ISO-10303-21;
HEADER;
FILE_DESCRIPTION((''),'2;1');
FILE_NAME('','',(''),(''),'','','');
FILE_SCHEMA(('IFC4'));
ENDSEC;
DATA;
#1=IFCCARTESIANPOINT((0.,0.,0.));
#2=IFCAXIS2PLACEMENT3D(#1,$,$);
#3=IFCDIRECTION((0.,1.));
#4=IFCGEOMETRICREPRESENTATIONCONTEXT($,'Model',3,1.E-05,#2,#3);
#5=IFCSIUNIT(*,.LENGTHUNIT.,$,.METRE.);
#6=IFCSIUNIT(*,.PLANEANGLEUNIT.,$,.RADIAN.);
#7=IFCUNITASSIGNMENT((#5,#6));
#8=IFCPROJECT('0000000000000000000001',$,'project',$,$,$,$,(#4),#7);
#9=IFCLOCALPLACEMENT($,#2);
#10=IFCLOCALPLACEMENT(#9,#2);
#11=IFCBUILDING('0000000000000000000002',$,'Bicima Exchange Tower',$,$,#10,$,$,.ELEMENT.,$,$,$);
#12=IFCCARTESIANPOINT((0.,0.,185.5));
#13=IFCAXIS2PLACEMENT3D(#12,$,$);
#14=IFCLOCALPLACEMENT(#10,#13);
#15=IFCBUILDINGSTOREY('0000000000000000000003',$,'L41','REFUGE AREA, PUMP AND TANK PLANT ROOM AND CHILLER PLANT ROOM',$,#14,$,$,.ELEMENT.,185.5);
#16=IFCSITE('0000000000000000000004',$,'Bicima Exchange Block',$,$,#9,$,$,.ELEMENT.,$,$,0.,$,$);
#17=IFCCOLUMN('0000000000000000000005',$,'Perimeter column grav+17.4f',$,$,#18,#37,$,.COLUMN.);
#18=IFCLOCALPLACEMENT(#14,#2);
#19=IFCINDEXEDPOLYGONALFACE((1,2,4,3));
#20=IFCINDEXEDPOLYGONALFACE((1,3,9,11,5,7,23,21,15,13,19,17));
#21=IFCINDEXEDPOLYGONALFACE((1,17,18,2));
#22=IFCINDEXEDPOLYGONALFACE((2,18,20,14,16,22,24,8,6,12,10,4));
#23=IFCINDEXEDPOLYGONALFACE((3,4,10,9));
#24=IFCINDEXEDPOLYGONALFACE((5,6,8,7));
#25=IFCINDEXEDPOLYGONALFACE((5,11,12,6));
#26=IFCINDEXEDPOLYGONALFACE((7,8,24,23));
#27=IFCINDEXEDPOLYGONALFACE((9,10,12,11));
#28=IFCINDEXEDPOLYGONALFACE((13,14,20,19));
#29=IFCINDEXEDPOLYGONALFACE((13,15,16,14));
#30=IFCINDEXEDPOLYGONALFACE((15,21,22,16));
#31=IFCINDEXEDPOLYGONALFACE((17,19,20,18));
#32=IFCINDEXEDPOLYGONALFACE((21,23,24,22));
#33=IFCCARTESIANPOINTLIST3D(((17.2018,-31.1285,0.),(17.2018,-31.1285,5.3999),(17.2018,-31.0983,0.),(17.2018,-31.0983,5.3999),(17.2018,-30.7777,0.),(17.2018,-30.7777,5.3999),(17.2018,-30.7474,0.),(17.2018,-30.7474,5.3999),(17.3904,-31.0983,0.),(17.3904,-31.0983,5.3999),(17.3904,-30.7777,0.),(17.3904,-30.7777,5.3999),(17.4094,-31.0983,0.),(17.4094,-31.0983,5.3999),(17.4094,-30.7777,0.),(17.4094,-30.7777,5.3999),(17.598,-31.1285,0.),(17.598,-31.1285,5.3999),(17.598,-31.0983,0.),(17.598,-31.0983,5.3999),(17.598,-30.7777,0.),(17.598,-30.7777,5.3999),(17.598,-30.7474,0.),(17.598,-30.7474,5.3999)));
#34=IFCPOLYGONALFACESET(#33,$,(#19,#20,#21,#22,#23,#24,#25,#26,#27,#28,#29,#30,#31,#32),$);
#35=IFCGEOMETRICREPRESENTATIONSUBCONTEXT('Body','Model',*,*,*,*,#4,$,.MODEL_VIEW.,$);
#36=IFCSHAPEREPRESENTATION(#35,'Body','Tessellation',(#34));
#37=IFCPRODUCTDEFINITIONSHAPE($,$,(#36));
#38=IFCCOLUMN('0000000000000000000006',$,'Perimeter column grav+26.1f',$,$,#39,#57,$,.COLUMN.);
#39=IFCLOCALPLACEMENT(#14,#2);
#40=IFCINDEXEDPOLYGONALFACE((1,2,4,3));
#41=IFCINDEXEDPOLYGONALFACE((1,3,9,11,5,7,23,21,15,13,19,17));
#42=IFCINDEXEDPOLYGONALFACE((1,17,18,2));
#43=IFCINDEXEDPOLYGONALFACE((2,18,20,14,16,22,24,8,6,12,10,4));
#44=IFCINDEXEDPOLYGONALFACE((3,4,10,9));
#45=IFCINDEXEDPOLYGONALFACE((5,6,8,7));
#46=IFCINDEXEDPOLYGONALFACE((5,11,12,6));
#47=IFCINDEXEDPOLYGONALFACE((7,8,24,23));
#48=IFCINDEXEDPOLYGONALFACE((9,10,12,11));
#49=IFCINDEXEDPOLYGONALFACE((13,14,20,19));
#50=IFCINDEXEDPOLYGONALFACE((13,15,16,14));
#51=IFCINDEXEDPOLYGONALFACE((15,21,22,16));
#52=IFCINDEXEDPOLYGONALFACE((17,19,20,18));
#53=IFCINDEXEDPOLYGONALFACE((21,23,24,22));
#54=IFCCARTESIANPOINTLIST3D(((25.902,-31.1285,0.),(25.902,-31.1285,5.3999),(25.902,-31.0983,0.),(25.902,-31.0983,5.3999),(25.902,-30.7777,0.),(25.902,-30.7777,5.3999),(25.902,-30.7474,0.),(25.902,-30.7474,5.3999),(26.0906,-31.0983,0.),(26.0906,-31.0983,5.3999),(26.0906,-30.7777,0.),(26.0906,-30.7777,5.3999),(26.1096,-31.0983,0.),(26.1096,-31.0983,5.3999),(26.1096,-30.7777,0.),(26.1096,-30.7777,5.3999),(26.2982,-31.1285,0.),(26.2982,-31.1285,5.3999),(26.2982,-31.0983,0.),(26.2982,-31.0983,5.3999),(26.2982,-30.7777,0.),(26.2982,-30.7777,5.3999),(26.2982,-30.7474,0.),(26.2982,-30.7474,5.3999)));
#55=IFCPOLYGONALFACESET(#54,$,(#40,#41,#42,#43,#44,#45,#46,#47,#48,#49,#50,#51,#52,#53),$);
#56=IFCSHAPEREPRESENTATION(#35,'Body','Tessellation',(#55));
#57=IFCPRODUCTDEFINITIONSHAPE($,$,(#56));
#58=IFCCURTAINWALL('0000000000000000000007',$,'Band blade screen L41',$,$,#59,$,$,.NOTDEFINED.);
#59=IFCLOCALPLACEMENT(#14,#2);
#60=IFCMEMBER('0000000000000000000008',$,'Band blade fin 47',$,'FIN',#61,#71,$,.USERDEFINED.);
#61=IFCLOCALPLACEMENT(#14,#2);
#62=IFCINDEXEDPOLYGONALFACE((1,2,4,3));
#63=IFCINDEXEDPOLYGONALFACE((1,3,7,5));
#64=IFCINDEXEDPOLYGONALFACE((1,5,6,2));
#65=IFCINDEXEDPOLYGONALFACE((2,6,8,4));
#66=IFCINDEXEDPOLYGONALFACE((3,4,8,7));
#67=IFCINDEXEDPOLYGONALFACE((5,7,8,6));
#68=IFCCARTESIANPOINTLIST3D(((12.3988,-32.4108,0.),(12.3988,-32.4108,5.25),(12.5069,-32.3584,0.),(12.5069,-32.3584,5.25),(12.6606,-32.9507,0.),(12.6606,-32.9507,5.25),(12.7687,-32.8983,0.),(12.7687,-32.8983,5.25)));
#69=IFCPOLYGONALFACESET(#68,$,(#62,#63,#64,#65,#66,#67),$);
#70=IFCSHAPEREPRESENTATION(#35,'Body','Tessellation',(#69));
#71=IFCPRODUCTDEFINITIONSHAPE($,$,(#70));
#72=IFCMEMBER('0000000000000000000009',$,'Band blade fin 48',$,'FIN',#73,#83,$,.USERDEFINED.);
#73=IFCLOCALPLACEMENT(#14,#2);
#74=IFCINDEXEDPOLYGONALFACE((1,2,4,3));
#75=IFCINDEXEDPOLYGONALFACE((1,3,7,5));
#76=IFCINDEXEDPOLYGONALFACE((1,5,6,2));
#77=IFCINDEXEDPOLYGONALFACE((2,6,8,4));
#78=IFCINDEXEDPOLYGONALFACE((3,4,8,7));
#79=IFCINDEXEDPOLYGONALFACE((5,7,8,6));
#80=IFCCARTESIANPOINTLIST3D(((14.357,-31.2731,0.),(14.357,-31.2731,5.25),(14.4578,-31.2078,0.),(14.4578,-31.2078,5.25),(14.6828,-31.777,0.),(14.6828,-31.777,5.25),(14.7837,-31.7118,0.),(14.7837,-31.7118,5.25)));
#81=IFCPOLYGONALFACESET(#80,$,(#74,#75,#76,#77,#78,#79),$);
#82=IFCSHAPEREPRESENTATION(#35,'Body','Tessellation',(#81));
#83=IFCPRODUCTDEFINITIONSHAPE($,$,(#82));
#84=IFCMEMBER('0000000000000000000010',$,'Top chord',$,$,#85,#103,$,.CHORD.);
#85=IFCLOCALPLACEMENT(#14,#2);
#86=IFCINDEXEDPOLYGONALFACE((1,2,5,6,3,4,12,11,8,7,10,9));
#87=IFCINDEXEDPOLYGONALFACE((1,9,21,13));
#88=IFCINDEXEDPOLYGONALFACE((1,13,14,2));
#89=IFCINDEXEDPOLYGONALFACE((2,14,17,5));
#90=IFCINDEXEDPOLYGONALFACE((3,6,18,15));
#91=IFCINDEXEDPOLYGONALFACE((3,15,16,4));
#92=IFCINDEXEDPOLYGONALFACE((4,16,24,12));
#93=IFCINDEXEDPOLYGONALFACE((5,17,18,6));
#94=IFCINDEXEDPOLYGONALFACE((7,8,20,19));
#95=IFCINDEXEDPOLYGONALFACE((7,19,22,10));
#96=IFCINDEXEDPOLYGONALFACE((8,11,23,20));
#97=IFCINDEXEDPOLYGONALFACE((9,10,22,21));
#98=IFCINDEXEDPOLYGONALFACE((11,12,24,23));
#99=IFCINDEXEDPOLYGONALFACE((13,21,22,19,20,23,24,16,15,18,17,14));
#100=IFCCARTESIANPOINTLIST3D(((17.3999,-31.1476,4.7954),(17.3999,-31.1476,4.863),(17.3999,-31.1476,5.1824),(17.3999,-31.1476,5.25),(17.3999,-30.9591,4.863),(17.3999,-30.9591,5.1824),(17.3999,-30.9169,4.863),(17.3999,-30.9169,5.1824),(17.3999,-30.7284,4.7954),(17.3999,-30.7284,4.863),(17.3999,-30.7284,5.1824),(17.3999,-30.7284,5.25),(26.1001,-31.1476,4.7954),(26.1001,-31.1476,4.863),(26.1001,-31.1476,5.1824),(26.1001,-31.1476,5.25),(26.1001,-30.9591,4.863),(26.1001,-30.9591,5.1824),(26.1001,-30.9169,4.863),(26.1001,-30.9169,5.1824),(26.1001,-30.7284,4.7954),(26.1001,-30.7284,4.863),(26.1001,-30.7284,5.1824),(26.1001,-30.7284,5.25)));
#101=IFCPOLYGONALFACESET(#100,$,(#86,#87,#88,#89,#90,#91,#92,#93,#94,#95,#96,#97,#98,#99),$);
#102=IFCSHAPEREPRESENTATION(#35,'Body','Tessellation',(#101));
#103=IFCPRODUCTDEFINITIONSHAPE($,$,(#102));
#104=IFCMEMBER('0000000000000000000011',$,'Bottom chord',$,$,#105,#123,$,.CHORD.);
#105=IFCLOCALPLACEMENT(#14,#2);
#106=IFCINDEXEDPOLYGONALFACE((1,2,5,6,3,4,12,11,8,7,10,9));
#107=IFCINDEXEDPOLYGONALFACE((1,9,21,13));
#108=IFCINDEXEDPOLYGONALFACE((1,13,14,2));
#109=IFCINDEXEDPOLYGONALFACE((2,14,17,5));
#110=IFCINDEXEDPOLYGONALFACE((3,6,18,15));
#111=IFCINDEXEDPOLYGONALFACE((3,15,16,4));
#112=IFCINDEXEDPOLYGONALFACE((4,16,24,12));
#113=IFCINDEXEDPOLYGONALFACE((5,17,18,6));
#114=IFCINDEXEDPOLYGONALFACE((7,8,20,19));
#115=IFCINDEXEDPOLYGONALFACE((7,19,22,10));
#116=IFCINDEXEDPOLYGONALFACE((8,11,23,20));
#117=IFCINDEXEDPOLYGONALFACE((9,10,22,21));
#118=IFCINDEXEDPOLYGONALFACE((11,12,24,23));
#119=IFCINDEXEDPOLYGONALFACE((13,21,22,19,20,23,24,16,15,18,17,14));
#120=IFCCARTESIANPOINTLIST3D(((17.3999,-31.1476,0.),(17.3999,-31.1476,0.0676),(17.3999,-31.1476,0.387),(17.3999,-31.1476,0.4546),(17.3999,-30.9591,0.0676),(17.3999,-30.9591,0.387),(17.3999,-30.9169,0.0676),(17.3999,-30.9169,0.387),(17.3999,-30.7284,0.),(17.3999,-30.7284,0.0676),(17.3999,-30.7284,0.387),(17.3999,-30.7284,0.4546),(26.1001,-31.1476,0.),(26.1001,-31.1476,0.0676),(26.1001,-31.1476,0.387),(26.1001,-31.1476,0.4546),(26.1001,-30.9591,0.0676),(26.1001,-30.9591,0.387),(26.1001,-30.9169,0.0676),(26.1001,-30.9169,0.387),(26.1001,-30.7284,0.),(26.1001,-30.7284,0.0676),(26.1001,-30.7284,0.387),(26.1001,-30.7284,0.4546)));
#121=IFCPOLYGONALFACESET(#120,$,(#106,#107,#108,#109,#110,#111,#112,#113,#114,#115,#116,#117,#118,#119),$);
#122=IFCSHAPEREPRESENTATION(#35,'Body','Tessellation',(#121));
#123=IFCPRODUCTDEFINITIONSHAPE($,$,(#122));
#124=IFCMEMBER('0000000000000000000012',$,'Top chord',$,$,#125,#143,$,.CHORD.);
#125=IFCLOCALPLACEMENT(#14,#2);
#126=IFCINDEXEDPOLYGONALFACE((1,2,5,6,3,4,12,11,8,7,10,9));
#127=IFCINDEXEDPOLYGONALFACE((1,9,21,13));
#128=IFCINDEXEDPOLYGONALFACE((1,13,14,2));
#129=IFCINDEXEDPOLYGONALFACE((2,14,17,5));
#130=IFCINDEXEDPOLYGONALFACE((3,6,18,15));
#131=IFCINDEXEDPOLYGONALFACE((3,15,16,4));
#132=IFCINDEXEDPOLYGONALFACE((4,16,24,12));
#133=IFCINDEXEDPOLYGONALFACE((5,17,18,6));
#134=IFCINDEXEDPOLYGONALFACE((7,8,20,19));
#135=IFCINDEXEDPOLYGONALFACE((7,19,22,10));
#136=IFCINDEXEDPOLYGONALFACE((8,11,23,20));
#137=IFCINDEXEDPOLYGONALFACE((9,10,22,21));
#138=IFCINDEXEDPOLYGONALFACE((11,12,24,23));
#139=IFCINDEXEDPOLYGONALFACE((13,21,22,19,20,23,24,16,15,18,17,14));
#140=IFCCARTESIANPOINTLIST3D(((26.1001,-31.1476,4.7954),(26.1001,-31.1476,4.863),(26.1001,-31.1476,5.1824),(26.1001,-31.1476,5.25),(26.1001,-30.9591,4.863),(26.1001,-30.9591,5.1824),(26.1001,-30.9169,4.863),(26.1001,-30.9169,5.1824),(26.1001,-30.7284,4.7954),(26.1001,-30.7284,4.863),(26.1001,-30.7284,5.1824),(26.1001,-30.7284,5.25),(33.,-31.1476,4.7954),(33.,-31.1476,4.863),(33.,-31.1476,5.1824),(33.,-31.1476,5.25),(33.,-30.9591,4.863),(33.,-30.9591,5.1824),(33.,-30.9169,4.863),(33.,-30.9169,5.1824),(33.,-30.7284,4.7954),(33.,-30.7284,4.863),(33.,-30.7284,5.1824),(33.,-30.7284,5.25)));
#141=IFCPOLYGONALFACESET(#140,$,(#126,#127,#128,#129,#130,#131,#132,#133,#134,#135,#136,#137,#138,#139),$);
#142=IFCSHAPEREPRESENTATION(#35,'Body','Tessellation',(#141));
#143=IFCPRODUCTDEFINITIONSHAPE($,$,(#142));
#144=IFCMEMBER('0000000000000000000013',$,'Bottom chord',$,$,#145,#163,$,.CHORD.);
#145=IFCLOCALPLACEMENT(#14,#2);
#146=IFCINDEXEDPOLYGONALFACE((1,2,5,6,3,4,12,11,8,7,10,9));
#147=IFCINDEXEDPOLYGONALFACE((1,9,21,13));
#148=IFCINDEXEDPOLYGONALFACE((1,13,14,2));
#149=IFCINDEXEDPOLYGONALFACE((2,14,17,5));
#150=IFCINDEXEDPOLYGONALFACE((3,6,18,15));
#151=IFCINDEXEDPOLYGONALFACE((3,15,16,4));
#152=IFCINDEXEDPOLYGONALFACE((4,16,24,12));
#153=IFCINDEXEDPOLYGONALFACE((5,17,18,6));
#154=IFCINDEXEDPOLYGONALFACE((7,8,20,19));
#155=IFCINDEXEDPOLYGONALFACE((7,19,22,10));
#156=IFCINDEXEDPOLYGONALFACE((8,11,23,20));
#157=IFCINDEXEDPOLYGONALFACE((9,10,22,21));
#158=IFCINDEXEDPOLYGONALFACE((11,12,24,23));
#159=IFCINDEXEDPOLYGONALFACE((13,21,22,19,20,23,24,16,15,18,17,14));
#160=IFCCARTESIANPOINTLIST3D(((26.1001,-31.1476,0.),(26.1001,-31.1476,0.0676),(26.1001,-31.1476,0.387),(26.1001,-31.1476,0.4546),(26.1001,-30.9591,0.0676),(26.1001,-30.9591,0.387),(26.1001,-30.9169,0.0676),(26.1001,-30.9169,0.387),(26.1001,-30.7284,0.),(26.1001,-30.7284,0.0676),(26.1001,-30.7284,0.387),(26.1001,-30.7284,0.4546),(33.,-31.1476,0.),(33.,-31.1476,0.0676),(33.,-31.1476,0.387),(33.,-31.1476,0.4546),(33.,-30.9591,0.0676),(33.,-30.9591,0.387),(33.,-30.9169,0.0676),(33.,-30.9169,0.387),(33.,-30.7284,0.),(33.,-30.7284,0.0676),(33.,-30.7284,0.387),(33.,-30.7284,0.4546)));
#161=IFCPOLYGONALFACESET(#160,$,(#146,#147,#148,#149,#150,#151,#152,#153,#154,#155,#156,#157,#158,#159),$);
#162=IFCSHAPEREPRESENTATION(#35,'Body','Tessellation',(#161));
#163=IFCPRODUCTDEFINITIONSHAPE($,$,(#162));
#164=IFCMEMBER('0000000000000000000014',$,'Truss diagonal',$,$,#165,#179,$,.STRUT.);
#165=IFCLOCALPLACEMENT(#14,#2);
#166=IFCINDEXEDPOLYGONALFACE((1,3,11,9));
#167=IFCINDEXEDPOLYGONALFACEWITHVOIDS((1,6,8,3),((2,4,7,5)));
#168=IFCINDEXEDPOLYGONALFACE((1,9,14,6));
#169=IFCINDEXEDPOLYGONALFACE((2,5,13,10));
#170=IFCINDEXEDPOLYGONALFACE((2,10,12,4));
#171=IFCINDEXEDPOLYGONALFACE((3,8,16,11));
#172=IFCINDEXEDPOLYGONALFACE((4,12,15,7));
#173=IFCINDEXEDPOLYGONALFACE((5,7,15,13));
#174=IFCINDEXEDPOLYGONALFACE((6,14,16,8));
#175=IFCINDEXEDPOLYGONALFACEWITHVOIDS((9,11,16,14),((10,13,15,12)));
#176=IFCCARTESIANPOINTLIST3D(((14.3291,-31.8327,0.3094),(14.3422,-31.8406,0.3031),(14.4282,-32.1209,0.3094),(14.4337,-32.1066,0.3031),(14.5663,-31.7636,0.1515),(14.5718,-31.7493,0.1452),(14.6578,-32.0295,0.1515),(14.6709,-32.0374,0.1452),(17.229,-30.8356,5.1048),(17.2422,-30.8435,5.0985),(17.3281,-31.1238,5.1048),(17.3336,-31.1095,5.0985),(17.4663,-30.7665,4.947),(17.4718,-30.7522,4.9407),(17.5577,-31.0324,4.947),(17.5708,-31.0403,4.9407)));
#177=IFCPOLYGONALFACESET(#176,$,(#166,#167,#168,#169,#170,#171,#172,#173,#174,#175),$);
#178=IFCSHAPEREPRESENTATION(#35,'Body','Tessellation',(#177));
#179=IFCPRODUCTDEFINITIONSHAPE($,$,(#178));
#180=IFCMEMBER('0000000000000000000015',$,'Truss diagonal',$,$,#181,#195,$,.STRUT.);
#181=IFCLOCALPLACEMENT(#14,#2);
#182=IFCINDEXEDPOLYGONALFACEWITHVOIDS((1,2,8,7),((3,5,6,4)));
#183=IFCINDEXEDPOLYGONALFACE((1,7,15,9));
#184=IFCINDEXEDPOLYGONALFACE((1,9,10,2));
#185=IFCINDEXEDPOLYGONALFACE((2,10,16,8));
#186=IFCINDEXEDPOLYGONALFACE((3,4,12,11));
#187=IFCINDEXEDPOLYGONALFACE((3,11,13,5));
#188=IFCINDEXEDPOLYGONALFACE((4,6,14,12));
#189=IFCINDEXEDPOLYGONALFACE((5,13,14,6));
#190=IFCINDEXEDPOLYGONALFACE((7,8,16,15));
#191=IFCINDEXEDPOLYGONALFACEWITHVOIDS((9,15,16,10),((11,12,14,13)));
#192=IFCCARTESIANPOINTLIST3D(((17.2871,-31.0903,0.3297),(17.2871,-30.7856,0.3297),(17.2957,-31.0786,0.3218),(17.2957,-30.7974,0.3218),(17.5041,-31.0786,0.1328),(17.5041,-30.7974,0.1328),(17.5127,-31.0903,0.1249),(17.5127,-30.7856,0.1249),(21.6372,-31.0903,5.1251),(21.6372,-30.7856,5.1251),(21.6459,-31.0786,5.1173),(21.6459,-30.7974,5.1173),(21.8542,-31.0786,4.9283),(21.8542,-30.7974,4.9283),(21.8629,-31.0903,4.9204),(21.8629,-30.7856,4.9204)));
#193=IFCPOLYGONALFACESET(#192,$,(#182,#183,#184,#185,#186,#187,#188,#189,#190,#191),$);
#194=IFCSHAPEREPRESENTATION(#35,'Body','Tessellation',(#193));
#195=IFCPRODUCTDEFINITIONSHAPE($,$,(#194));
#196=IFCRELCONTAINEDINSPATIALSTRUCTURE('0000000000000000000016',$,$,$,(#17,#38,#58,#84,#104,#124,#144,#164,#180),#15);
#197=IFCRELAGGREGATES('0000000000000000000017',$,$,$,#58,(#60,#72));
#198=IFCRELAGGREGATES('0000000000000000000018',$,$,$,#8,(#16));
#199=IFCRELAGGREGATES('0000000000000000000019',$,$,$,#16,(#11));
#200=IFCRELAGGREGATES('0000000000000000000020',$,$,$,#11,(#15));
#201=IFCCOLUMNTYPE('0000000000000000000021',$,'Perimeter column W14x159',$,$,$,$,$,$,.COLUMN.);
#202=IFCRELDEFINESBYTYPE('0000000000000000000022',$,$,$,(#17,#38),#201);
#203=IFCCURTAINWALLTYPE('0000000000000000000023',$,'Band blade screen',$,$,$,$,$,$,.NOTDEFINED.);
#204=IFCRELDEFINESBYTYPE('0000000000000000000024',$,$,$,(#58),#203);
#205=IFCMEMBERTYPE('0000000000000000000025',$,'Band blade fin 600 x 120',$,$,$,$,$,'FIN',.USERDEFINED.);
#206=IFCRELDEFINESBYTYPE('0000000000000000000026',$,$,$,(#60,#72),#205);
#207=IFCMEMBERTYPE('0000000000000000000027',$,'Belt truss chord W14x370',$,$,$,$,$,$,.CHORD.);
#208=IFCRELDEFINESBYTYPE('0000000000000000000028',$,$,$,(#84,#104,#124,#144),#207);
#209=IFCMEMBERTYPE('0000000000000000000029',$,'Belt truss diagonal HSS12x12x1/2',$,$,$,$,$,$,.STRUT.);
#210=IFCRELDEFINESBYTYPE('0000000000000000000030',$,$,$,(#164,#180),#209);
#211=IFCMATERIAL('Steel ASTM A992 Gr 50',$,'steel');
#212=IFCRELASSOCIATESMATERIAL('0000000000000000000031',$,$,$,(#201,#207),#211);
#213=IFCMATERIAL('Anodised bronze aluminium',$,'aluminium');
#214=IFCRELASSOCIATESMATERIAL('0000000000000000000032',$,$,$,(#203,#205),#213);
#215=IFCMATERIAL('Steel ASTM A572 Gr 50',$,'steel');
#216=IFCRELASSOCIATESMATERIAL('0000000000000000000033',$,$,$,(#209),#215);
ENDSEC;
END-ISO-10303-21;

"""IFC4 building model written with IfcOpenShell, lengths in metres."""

from ifc_helpers import new_model, si_unit, direction, frame, origin, origin_2d, place, context, subcontext, project, spatial, rectangle, hollow_rectangle, i_section, extrude, material, material_profile, profile_set, type_object, element, aggregate, save


model = new_model("IFC4")

# Units and contexts
model_context = context("Model", 3, precision=1e-05, world=origin(), true_north=direction((0.0, 1.0)))
body_context = subcontext(model_context, "Body", "Model", "MODEL_VIEW")
ifc_project = project(units=[si_unit("LENGTHUNIT", "METRE"), si_unit("PLANEANGLEUNIT", "RADIAN")], contexts=[model_context])

# Site, building, storey
site_placement = place(None, origin())
site = spatial("IfcSite", under=ifc_project, at=site_placement, Name="Bicima Exchange Block", CompositionType="ELEMENT", RefElevation=0.0)
building_placement = place(site_placement, origin())
building = spatial("IfcBuilding", under=site, at=building_placement, Name="Bicima Exchange Tower", CompositionType="ELEMENT")
storey_placement = place(building_placement, frame((0.0, 0.0, 185.5)))
storey = spatial("IfcBuildingStorey", under=building, at=storey_placement, Name="L41", Description="REFUGE AREA, PUMP AND TANK PLANT ROOM AND CHILLER PLANT ROOM", CompositionType="ELEMENT", Elevation=185.5)

# Columns
ifc_material_1 = material(Name="Steel ASTM A992 Gr 50", Category="steel")
ifc_material_profile_1 = material_profile(ifc_material_1, i_section(OverallWidth=0.3962, OverallDepth=0.3811, WebThickness=0.019, FlangeThickness=0.0303, at=origin_2d()))
ifc_profile_set_1 = profile_set([ifc_material_profile_1], Name="Steel ASTM A992 Gr 50")
column_type = type_object("IfcColumnType", Name="Perimeter column W14x159", PredefinedType="COLUMN", material=ifc_profile_set_1)
for number, where, z_axis, x_axis, name in (
    (1, (17.3999, -30.938, 0.0), (0.0, 0.0, 1.0), (1.0, 0.0, 0.0), "Perimeter column grav+17.4f"),
    (2, (26.1001, -30.938, 0.0), (0.0, 0.0, 1.0), (1.0, 0.0, 0.0), "Perimeter column grav+26.1f"),
):
    element("IfcColumn", number, at=place(storey_placement, frame(where, z_axis=z_axis, x_axis=x_axis)), inside=storey, type_object=column_type, Name=name, PredefinedType="COLUMN", context=body_context, shape_type="SweptSolid", body=[
        extrude(i_section(OverallWidth=0.3962, OverallDepth=0.3811, WebThickness=0.019, FlangeThickness=0.0303, at=origin_2d()), origin(), (0.0, 0.0, 1.0), 5.3999),
    ])

# Curtain wall, members
ifc_material_2 = material(Name="Anodised bronze aluminium", Category="aluminium")
curtain_wall_type = type_object("IfcCurtainWallType", Name="Band blade screen", PredefinedType="NOTDEFINED", material=ifc_material_2)
curtain_wall_placement = place(storey_placement, origin())
curtain_wall = element("IfcCurtainWall", 3, at=curtain_wall_placement, inside=storey, type_object=curtain_wall_type, Name="Band blade screen L41", PredefinedType="NOTDEFINED")
ifc_material_profile_2 = material_profile(ifc_material_2, rectangle(XDim=0.6001, YDim=0.1201, at=origin_2d()))
ifc_profile_set_2 = profile_set([ifc_material_profile_2], Name="Anodised bronze aluminium")
member_type_1 = type_object("IfcMemberType", Name="Band blade fin 600 x 120", ElementType="FIN", PredefinedType="USERDEFINED", material=ifc_profile_set_2)
member_1_placement = place(storey_placement, frame((12.5837, -32.6545, 0.0), z_axis=(0.0, 0.0, 1.0), x_axis=(-0.436287, 0.899808, 0.0)))
member_1 = element("IfcMember", 4, at=member_1_placement, type_object=member_type_1, Name="Band blade fin 47", ObjectType="FIN", PredefinedType="USERDEFINED", context=body_context, shape_type="SweptSolid", body=[
    extrude(rectangle(XDim=0.6001, YDim=0.1201, at=origin_2d()), origin(), (0.0, 0.0, 1.0), 5.25),
])
member_2_placement = place(storey_placement, frame((14.5703, -31.4924, 0.0), z_axis=(0.0, 0.0, 1.0), x_axis=(-0.542917, 0.839787, 0.0)))
member_2 = element("IfcMember", 5, at=member_2_placement, type_object=member_type_1, Name="Band blade fin 48", ObjectType="FIN", PredefinedType="USERDEFINED", context=body_context, shape_type="SweptSolid", body=[
    extrude(rectangle(XDim=0.6001, YDim=0.1201, at=origin_2d()), origin(), (0.0, 0.0, 1.0), 5.25),
])
aggregate(curtain_wall, [member_1, member_2])

# Members
ifc_material_profile_3 = material_profile(ifc_material_1, i_section(OverallWidth=0.4192, OverallDepth=0.4546, WebThickness=0.0422, FlangeThickness=0.0676, at=origin_2d()))
ifc_profile_set_3 = profile_set([ifc_material_profile_3], Name="Steel ASTM A992 Gr 50")
member_type_2 = type_object("IfcMemberType", Name="Belt truss chord W14x370", PredefinedType="CHORD", material=ifc_profile_set_3)
for number, where, z_axis, x_axis, name in (
    (6, (17.3999, -30.938, 5.0227), (1.0, 0.0, 0.0), (0.0, 1.0, 0.0), "Top chord"),
    (7, (17.3999, -30.938, 0.2273), (1.0, 0.0, 0.0), (0.0, 1.0, 0.0), "Bottom chord"),
):
    element("IfcMember", number, at=place(storey_placement, frame(where, z_axis=z_axis, x_axis=x_axis)), inside=storey, type_object=member_type_2, Name=name, PredefinedType="CHORD", context=body_context, shape_type="SweptSolid", body=[
        extrude(i_section(OverallWidth=0.4192, OverallDepth=0.4546, WebThickness=0.0422, FlangeThickness=0.0676, at=origin_2d()), origin(), (0.0, 0.0, 1.0), 8.7002),
    ])
for number, where, z_axis, x_axis, name in (
    (8, (26.1001, -30.938, 5.0227), (1.0, 0.0, 0.0), (0.0, 1.0, 0.0), "Top chord"),
    (9, (26.1001, -30.938, 0.2273), (1.0, 0.0, 0.0), (0.0, 1.0, 0.0), "Bottom chord"),
):
    element("IfcMember", number, at=place(storey_placement, frame(where, z_axis=z_axis, x_axis=x_axis)), inside=storey, type_object=member_type_2, Name=name, PredefinedType="CHORD", context=body_context, shape_type="SweptSolid", body=[
        extrude(i_section(OverallWidth=0.4192, OverallDepth=0.4546, WebThickness=0.0422, FlangeThickness=0.0676, at=origin_2d()), origin(), (0.0, 0.0, 1.0), 6.8999),
    ])
ifc_material_3 = material(Name="Steel ASTM A572 Gr 50", Category="steel")
ifc_material_profile_4 = material_profile(ifc_material_3, hollow_rectangle(XDim=0.3047, YDim=0.3047, WallThickness=0.0117, at=origin_2d()))
ifc_profile_set_4 = profile_set([ifc_material_profile_4], Name="Steel ASTM A572 Gr 50")
member_type_3 = type_object("IfcMemberType", Name="Belt truss diagonal HSS12x12x1/2", PredefinedType="STRUT", material=ifc_profile_set_4)
member_3_placement = place(storey_placement, frame((14.5, -31.9351, 0.2273), z_axis=(0.509465, 0.175169, 0.842474), x_axis=(-0.325147, 0.945664, 0.0)))
element("IfcMember", 10, at=member_3_placement, inside=storey, type_object=member_type_3, Name="Truss diagonal", PredefinedType="STRUT", context=body_context, shape_type="SweptSolid", body=[
    extrude(hollow_rectangle(XDim=0.3047, YDim=0.3047, WallThickness=0.0117, at=origin_2d()), origin(), (0.0, 0.0, 1.0), 5.6921),
])
for number, where, z_axis, x_axis, name in (
    (11, (17.3999, -30.938, 0.2273), (0.67188, 0.0, 0.74066), (0.0, 1.0, 0.0), "Truss diagonal"),
):
    element("IfcMember", number, at=place(storey_placement, frame(where, z_axis=z_axis, x_axis=x_axis)), inside=storey, type_object=member_type_3, Name=name, PredefinedType="STRUT", context=body_context, shape_type="SweptSolid", body=[
        extrude(hollow_rectangle(XDim=0.3047, YDim=0.3047, WallThickness=0.0117, at=origin_2d()), origin(), (0.0, 0.0, 1.0), 6.4746),
    ])

save(model, "model.ifc")
